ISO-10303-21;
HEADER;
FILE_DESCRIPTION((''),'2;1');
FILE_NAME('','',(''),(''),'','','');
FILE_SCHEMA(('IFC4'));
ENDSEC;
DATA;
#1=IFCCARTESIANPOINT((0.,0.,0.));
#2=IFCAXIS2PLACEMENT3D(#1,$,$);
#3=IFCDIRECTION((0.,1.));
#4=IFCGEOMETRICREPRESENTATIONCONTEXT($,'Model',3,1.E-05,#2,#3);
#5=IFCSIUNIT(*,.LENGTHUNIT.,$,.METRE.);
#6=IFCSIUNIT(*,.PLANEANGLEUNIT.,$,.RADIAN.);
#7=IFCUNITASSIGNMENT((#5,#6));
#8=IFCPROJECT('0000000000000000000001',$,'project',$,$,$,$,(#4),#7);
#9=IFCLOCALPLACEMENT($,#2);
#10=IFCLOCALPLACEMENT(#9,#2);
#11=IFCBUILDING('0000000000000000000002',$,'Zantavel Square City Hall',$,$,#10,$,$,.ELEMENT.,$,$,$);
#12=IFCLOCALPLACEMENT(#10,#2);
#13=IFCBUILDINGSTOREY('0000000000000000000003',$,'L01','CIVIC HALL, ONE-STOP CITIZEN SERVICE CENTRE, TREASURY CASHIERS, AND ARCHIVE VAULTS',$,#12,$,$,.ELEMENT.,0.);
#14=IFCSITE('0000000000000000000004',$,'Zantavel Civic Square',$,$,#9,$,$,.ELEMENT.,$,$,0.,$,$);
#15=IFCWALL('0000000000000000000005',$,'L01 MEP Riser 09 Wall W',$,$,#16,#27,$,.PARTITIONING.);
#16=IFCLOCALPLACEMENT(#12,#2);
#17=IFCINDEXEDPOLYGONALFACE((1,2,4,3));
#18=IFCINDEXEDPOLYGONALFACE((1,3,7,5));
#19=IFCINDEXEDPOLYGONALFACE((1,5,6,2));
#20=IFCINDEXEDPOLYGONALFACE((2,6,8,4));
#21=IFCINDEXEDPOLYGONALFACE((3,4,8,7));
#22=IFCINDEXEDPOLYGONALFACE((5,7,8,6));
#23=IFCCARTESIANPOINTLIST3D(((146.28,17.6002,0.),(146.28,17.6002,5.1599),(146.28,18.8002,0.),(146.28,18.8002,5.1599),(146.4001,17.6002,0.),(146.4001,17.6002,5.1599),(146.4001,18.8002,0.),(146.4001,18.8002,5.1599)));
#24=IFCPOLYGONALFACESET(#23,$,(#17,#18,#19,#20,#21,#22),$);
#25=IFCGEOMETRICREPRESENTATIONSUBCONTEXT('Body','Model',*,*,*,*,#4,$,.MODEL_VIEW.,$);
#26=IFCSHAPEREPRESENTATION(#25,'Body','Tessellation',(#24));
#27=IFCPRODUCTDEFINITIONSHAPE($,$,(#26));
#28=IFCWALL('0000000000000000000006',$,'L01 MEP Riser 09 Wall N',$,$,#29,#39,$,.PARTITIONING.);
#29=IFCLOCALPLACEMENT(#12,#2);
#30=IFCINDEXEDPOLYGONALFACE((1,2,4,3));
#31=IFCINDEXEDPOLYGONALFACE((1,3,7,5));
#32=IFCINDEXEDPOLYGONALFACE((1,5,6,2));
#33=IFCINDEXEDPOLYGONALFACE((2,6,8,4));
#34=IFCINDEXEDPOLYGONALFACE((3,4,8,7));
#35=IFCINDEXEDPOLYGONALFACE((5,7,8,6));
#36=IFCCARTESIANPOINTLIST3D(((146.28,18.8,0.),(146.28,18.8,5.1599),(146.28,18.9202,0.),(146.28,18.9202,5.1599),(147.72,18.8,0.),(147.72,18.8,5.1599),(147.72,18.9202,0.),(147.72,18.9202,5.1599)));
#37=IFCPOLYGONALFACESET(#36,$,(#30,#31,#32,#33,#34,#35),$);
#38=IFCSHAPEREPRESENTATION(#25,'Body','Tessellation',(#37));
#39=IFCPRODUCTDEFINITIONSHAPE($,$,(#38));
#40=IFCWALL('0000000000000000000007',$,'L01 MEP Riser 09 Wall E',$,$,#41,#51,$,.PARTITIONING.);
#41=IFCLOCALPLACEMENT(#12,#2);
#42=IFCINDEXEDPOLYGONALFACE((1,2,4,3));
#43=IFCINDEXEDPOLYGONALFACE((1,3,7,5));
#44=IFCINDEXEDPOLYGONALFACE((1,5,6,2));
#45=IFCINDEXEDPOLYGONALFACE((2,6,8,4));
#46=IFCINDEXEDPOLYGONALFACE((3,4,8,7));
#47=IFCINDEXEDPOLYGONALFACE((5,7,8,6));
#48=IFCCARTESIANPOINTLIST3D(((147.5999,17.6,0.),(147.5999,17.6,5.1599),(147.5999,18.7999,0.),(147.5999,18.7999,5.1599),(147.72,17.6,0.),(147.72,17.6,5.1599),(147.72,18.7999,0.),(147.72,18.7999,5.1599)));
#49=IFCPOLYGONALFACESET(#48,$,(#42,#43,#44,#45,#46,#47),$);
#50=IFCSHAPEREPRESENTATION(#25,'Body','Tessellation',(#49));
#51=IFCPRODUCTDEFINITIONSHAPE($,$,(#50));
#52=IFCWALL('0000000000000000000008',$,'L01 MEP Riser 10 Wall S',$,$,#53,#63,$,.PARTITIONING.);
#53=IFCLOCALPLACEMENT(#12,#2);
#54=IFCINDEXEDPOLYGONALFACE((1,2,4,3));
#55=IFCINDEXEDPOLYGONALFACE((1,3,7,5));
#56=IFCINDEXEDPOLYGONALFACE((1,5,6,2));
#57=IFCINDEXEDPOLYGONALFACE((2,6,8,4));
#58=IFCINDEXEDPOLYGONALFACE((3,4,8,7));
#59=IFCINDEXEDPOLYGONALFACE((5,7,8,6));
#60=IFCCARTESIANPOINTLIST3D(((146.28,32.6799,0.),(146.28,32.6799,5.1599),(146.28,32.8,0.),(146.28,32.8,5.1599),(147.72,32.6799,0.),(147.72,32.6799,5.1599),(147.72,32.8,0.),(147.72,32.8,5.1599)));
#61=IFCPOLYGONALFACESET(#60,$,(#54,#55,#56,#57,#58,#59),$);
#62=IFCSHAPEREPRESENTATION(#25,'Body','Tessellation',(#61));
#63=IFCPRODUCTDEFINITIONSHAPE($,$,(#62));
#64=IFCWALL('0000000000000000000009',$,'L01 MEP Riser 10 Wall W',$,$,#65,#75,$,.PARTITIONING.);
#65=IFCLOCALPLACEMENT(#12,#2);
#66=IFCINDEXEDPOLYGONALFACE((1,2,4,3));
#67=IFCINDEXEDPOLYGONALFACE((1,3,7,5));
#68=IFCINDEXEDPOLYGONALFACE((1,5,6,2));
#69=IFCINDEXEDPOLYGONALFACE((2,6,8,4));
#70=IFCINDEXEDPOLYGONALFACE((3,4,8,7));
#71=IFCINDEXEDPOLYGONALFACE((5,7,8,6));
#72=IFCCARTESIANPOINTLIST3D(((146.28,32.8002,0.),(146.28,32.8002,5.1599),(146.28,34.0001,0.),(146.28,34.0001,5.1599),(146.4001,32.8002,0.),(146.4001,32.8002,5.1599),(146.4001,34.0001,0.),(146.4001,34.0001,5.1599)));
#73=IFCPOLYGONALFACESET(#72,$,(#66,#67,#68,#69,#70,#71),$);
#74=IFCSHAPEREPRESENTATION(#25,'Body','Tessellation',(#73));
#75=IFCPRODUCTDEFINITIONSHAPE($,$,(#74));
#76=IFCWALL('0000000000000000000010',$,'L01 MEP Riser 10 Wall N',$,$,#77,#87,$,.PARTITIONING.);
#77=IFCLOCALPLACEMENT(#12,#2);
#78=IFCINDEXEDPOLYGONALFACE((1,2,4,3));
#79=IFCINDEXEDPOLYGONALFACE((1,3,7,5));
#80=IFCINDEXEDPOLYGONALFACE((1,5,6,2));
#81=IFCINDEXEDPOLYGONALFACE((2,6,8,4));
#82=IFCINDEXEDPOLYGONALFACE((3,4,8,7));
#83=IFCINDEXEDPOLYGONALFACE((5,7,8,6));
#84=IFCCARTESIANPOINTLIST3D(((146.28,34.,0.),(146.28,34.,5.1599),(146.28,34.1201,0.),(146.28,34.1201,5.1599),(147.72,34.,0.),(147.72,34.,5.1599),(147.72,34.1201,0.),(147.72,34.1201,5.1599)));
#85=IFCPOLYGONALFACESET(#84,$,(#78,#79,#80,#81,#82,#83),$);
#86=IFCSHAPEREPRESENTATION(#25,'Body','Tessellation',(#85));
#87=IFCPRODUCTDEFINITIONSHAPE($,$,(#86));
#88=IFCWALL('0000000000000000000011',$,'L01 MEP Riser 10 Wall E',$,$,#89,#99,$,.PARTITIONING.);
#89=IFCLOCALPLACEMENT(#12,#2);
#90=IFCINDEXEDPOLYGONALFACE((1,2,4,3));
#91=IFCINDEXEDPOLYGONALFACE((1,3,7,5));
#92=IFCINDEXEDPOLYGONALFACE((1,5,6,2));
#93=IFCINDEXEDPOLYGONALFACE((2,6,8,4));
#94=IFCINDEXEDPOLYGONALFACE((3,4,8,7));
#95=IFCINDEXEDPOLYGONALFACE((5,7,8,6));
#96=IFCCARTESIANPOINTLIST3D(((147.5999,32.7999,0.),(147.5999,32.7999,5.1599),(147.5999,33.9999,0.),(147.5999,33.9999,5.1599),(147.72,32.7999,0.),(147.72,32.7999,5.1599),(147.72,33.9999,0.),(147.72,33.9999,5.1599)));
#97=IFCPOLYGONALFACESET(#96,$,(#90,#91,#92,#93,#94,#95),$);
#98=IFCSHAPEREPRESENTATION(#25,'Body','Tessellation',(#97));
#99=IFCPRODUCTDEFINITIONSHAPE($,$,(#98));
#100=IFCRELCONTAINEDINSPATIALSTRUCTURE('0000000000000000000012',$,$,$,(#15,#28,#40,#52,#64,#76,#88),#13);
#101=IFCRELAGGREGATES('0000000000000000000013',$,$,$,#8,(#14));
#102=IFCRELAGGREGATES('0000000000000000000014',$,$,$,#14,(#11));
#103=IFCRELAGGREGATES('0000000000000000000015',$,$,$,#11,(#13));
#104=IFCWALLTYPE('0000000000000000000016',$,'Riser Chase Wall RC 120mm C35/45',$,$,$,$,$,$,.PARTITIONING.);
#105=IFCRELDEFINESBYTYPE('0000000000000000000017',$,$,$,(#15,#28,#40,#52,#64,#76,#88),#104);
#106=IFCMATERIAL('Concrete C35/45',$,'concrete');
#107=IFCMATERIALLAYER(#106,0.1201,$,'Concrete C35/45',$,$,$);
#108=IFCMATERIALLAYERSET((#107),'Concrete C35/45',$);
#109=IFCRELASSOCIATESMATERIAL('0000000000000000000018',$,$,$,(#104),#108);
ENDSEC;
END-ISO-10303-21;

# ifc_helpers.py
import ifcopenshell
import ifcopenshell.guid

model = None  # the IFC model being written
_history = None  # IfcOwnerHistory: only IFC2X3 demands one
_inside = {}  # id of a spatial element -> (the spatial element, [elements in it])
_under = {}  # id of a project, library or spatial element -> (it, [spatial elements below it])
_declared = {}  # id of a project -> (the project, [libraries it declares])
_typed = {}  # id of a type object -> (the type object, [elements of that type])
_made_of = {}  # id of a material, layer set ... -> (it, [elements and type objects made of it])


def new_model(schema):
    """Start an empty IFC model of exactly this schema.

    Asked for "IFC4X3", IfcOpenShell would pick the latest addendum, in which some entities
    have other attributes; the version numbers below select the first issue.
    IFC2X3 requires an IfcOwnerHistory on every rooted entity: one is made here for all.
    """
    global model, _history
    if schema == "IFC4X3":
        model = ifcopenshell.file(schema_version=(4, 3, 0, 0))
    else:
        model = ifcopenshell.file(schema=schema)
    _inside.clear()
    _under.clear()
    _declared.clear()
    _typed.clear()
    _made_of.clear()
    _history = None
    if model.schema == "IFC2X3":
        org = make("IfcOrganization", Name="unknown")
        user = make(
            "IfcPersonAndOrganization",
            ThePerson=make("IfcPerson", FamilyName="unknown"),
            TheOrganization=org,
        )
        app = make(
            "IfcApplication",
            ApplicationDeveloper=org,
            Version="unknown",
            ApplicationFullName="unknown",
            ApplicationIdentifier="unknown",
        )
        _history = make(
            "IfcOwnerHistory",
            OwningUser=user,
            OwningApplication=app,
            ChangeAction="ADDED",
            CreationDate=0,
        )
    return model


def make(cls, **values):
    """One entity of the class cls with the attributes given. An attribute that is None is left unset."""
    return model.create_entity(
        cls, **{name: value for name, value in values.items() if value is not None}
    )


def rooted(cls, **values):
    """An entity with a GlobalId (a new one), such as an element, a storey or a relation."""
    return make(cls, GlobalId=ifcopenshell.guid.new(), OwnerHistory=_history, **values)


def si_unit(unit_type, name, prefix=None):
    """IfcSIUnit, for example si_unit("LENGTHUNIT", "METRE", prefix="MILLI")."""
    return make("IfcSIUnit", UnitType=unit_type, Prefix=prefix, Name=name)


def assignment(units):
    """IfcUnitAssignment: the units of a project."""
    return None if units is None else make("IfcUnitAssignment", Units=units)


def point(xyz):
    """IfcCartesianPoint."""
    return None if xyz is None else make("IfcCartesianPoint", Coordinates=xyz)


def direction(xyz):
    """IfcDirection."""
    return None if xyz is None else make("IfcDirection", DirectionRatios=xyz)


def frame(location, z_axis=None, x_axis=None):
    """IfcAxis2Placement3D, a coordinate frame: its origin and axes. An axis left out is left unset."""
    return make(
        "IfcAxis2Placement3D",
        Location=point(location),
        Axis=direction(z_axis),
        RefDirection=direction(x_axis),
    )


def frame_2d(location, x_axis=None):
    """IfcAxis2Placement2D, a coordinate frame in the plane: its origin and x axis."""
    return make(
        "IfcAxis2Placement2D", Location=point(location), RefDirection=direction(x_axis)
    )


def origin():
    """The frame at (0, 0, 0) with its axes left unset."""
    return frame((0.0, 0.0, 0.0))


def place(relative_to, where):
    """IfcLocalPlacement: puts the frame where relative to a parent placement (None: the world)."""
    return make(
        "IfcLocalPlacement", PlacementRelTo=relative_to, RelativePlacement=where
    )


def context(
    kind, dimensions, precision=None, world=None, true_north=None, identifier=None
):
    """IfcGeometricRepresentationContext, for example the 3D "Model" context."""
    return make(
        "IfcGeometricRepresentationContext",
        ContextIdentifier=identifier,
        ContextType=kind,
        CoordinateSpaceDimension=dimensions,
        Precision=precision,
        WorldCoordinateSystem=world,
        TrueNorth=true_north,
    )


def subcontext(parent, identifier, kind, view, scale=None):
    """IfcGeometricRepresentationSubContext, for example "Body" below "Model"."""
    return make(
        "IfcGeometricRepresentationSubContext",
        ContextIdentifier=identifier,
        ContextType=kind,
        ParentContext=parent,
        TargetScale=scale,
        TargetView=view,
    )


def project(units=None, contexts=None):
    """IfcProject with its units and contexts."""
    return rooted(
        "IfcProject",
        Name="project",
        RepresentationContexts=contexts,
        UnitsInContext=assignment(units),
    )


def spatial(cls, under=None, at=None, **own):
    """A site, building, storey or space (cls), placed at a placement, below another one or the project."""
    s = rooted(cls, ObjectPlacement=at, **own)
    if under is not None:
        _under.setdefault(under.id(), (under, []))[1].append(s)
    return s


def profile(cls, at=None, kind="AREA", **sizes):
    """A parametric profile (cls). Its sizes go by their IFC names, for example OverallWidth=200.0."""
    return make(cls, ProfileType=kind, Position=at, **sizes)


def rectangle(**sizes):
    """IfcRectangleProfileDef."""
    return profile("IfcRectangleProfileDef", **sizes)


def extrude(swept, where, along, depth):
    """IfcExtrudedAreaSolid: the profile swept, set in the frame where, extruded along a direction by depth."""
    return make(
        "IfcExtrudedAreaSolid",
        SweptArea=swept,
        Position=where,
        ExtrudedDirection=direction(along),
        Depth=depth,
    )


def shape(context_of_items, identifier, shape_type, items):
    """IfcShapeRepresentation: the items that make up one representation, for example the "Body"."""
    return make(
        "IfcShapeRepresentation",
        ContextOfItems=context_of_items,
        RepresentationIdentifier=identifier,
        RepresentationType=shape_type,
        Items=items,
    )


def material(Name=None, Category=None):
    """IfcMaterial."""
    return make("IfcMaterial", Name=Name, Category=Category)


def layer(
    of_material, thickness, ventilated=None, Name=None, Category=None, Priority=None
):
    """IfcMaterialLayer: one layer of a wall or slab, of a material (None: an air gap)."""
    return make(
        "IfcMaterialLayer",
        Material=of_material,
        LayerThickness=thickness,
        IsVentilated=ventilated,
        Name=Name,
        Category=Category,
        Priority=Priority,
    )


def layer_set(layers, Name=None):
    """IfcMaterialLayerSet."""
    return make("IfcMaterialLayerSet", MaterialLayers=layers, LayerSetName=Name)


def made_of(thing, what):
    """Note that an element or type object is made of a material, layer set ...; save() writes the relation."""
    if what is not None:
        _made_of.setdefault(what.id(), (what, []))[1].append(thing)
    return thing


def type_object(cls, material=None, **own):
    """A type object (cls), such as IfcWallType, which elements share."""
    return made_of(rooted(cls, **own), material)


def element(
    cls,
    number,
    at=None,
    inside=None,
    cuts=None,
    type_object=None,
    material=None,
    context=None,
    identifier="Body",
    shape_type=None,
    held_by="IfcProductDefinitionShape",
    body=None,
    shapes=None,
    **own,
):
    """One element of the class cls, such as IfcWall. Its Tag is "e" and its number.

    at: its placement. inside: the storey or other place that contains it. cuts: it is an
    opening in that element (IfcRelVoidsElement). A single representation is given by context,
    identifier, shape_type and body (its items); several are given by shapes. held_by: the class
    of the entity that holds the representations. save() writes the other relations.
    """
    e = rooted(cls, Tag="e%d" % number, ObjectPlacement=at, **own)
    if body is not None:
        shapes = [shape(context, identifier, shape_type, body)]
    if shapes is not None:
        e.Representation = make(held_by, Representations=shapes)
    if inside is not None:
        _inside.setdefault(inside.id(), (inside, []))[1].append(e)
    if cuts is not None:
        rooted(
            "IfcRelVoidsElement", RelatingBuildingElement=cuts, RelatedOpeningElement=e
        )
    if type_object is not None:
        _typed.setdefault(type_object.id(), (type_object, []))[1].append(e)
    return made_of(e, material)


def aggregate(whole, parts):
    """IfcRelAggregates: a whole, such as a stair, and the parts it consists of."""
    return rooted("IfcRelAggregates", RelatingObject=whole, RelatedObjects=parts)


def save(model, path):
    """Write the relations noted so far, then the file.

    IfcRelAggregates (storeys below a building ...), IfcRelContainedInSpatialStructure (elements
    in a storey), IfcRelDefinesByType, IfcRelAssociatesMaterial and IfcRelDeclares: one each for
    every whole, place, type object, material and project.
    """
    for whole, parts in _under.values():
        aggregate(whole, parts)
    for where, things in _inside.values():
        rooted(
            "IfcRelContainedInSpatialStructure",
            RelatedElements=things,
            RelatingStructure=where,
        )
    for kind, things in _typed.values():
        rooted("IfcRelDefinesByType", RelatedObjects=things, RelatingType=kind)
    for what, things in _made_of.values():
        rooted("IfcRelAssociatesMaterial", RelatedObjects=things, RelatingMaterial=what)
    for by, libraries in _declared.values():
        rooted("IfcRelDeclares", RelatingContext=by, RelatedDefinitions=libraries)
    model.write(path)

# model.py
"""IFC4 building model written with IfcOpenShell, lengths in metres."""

from ifc_helpers import new_model, si_unit, direction, frame, frame_2d, origin, place, context, subcontext, project, spatial, rectangle, extrude, material, layer, layer_set, type_object, element, save


model = new_model("IFC4")

# Units and contexts
model_context = context("Model", 3, precision=1e-05, world=origin(), true_north=direction((0.0, 1.0)))
body_context = subcontext(model_context, "Body", "Model", "MODEL_VIEW")
ifc_project = project(units=[si_unit("LENGTHUNIT", "METRE"), si_unit("PLANEANGLEUNIT", "RADIAN")], contexts=[model_context])

# Site, building, storey
site_placement = place(None, origin())
site = spatial("IfcSite", under=ifc_project, at=site_placement, Name="Zantavel Civic Square", CompositionType="ELEMENT", RefElevation=0.0)
building_placement = place(site_placement, origin())
building = spatial("IfcBuilding", under=site, at=building_placement, Name="Zantavel Square City Hall", CompositionType="ELEMENT")
storey_placement = place(building_placement, origin())
storey = spatial("IfcBuildingStorey", under=building, at=storey_placement, Name="L01", Description="CIVIC HALL, ONE-STOP CITIZEN SERVICE CENTRE, TREASURY CASHIERS, AND ARCHIVE VAULTS", CompositionType="ELEMENT", Elevation=0.0)

# Shared definitions
ifc_material_1 = material(Name="Concrete C35/45", Category="concrete")

# Walls
ifc_layer = layer(ifc_material_1, 0.1201, Name="Concrete C35/45")
ifc_layer_set = layer_set([ifc_layer], Name="Concrete C35/45")
wall_type = type_object("IfcWallType", Name="Riser Chase Wall RC 120mm C35/45", PredefinedType="PARTITIONING", material=ifc_layer_set)
wall_1_placement = place(storey_placement, frame((146.3401, 17.6001, 0.0), z_axis=(0.0, 0.0, 1.0), x_axis=(0.0, 1.0, 0.0)))
element("IfcWall", 1, at=wall_1_placement, inside=storey, type_object=wall_type, Name="L01 MEP Riser 09 Wall W", PredefinedType="PARTITIONING", context=body_context, shape_type="SweptSolid", body=[
    extrude(rectangle(XDim=1.2, YDim=0.1201, at=frame_2d((0.6001, 0.0))), origin(), (0.0, 0.0, 1.0), 5.1599),
])
wall_2_placement = place(storey_placement, frame((146.28, 18.8601, 0.0), z_axis=(0.0, 0.0, 1.0), x_axis=(1.0, 0.0, 0.0)))
element("IfcWall", 2, at=wall_2_placement, inside=storey, type_object=wall_type, Name="L01 MEP Riser 09 Wall N", PredefinedType="PARTITIONING", context=body_context, shape_type="SweptSolid", body=[
    extrude(rectangle(XDim=1.4399, YDim=0.1201, at=frame_2d((0.72, 0.0))), origin(), (0.0, 0.0, 1.0), 5.1599),
])
wall_3_placement = place(storey_placement, frame((147.6599, 18.8, 0.0), z_axis=(0.0, 0.0, 1.0), x_axis=(0.0, -1.0, 0.0)))
element("IfcWall", 3, at=wall_3_placement, inside=storey, type_object=wall_type, Name="L01 MEP Riser 09 Wall E", PredefinedType="PARTITIONING", context=body_context, shape_type="SweptSolid", body=[
    extrude(rectangle(XDim=1.2, YDim=0.1201, at=frame_2d((0.6001, 0.0))), origin(), (0.0, 0.0, 1.0), 5.1599),
])
wall_4_placement = place(storey_placement, frame((147.72, 32.74, 0.0), z_axis=(0.0, 0.0, 1.0), x_axis=(-1.0, 0.0, 0.0)))
element("IfcWall", 4, at=wall_4_placement, inside=storey, type_object=wall_type, Name="L01 MEP Riser 10 Wall S", PredefinedType="PARTITIONING", context=body_context, shape_type="SweptSolid", body=[
    extrude(rectangle(XDim=1.4399, YDim=0.1201, at=frame_2d((0.72, 0.0))), origin(), (0.0, 0.0, 1.0), 5.1599),
])
wall_5_placement = place(storey_placement, frame((146.3401, 32.8, 0.0), z_axis=(0.0, 0.0, 1.0), x_axis=(0.0, 1.0, 0.0)))
element("IfcWall", 5, at=wall_5_placement, inside=storey, type_object=wall_type, Name="L01 MEP Riser 10 Wall W", PredefinedType="PARTITIONING", context=body_context, shape_type="SweptSolid", body=[
    extrude(rectangle(XDim=1.2, YDim=0.1201, at=frame_2d((0.6001, 0.0))), origin(), (0.0, 0.0, 1.0), 5.1599),
])
wall_6_placement = place(storey_placement, frame((146.28, 34.0601, 0.0), z_axis=(0.0, 0.0, 1.0), x_axis=(1.0, 0.0, 0.0)))
element("IfcWall", 6, at=wall_6_placement, inside=storey, type_object=wall_type, Name="L01 MEP Riser 10 Wall N", PredefinedType="PARTITIONING", context=body_context, shape_type="SweptSolid", body=[
    extrude(rectangle(XDim=1.4399, YDim=0.1201, at=frame_2d((0.72, 0.0))), origin(), (0.0, 0.0, 1.0), 5.1599),
])
wall_7_placement = place(storey_placement, frame((147.6599, 34.0, 0.0), z_axis=(0.0, 0.0, 1.0), x_axis=(0.0, -1.0, 0.0)))
element("IfcWall", 7, at=wall_7_placement, inside=storey, type_object=wall_type, Name="L01 MEP Riser 10 Wall E", PredefinedType="PARTITIONING", context=body_context, shape_type="SweptSolid", body=[
    extrude(rectangle(XDim=1.2, YDim=0.1201, at=frame_2d((0.6001, 0.0))), origin(), (0.0, 0.0, 1.0), 5.1599),
])

save(model, "model.ifc")
